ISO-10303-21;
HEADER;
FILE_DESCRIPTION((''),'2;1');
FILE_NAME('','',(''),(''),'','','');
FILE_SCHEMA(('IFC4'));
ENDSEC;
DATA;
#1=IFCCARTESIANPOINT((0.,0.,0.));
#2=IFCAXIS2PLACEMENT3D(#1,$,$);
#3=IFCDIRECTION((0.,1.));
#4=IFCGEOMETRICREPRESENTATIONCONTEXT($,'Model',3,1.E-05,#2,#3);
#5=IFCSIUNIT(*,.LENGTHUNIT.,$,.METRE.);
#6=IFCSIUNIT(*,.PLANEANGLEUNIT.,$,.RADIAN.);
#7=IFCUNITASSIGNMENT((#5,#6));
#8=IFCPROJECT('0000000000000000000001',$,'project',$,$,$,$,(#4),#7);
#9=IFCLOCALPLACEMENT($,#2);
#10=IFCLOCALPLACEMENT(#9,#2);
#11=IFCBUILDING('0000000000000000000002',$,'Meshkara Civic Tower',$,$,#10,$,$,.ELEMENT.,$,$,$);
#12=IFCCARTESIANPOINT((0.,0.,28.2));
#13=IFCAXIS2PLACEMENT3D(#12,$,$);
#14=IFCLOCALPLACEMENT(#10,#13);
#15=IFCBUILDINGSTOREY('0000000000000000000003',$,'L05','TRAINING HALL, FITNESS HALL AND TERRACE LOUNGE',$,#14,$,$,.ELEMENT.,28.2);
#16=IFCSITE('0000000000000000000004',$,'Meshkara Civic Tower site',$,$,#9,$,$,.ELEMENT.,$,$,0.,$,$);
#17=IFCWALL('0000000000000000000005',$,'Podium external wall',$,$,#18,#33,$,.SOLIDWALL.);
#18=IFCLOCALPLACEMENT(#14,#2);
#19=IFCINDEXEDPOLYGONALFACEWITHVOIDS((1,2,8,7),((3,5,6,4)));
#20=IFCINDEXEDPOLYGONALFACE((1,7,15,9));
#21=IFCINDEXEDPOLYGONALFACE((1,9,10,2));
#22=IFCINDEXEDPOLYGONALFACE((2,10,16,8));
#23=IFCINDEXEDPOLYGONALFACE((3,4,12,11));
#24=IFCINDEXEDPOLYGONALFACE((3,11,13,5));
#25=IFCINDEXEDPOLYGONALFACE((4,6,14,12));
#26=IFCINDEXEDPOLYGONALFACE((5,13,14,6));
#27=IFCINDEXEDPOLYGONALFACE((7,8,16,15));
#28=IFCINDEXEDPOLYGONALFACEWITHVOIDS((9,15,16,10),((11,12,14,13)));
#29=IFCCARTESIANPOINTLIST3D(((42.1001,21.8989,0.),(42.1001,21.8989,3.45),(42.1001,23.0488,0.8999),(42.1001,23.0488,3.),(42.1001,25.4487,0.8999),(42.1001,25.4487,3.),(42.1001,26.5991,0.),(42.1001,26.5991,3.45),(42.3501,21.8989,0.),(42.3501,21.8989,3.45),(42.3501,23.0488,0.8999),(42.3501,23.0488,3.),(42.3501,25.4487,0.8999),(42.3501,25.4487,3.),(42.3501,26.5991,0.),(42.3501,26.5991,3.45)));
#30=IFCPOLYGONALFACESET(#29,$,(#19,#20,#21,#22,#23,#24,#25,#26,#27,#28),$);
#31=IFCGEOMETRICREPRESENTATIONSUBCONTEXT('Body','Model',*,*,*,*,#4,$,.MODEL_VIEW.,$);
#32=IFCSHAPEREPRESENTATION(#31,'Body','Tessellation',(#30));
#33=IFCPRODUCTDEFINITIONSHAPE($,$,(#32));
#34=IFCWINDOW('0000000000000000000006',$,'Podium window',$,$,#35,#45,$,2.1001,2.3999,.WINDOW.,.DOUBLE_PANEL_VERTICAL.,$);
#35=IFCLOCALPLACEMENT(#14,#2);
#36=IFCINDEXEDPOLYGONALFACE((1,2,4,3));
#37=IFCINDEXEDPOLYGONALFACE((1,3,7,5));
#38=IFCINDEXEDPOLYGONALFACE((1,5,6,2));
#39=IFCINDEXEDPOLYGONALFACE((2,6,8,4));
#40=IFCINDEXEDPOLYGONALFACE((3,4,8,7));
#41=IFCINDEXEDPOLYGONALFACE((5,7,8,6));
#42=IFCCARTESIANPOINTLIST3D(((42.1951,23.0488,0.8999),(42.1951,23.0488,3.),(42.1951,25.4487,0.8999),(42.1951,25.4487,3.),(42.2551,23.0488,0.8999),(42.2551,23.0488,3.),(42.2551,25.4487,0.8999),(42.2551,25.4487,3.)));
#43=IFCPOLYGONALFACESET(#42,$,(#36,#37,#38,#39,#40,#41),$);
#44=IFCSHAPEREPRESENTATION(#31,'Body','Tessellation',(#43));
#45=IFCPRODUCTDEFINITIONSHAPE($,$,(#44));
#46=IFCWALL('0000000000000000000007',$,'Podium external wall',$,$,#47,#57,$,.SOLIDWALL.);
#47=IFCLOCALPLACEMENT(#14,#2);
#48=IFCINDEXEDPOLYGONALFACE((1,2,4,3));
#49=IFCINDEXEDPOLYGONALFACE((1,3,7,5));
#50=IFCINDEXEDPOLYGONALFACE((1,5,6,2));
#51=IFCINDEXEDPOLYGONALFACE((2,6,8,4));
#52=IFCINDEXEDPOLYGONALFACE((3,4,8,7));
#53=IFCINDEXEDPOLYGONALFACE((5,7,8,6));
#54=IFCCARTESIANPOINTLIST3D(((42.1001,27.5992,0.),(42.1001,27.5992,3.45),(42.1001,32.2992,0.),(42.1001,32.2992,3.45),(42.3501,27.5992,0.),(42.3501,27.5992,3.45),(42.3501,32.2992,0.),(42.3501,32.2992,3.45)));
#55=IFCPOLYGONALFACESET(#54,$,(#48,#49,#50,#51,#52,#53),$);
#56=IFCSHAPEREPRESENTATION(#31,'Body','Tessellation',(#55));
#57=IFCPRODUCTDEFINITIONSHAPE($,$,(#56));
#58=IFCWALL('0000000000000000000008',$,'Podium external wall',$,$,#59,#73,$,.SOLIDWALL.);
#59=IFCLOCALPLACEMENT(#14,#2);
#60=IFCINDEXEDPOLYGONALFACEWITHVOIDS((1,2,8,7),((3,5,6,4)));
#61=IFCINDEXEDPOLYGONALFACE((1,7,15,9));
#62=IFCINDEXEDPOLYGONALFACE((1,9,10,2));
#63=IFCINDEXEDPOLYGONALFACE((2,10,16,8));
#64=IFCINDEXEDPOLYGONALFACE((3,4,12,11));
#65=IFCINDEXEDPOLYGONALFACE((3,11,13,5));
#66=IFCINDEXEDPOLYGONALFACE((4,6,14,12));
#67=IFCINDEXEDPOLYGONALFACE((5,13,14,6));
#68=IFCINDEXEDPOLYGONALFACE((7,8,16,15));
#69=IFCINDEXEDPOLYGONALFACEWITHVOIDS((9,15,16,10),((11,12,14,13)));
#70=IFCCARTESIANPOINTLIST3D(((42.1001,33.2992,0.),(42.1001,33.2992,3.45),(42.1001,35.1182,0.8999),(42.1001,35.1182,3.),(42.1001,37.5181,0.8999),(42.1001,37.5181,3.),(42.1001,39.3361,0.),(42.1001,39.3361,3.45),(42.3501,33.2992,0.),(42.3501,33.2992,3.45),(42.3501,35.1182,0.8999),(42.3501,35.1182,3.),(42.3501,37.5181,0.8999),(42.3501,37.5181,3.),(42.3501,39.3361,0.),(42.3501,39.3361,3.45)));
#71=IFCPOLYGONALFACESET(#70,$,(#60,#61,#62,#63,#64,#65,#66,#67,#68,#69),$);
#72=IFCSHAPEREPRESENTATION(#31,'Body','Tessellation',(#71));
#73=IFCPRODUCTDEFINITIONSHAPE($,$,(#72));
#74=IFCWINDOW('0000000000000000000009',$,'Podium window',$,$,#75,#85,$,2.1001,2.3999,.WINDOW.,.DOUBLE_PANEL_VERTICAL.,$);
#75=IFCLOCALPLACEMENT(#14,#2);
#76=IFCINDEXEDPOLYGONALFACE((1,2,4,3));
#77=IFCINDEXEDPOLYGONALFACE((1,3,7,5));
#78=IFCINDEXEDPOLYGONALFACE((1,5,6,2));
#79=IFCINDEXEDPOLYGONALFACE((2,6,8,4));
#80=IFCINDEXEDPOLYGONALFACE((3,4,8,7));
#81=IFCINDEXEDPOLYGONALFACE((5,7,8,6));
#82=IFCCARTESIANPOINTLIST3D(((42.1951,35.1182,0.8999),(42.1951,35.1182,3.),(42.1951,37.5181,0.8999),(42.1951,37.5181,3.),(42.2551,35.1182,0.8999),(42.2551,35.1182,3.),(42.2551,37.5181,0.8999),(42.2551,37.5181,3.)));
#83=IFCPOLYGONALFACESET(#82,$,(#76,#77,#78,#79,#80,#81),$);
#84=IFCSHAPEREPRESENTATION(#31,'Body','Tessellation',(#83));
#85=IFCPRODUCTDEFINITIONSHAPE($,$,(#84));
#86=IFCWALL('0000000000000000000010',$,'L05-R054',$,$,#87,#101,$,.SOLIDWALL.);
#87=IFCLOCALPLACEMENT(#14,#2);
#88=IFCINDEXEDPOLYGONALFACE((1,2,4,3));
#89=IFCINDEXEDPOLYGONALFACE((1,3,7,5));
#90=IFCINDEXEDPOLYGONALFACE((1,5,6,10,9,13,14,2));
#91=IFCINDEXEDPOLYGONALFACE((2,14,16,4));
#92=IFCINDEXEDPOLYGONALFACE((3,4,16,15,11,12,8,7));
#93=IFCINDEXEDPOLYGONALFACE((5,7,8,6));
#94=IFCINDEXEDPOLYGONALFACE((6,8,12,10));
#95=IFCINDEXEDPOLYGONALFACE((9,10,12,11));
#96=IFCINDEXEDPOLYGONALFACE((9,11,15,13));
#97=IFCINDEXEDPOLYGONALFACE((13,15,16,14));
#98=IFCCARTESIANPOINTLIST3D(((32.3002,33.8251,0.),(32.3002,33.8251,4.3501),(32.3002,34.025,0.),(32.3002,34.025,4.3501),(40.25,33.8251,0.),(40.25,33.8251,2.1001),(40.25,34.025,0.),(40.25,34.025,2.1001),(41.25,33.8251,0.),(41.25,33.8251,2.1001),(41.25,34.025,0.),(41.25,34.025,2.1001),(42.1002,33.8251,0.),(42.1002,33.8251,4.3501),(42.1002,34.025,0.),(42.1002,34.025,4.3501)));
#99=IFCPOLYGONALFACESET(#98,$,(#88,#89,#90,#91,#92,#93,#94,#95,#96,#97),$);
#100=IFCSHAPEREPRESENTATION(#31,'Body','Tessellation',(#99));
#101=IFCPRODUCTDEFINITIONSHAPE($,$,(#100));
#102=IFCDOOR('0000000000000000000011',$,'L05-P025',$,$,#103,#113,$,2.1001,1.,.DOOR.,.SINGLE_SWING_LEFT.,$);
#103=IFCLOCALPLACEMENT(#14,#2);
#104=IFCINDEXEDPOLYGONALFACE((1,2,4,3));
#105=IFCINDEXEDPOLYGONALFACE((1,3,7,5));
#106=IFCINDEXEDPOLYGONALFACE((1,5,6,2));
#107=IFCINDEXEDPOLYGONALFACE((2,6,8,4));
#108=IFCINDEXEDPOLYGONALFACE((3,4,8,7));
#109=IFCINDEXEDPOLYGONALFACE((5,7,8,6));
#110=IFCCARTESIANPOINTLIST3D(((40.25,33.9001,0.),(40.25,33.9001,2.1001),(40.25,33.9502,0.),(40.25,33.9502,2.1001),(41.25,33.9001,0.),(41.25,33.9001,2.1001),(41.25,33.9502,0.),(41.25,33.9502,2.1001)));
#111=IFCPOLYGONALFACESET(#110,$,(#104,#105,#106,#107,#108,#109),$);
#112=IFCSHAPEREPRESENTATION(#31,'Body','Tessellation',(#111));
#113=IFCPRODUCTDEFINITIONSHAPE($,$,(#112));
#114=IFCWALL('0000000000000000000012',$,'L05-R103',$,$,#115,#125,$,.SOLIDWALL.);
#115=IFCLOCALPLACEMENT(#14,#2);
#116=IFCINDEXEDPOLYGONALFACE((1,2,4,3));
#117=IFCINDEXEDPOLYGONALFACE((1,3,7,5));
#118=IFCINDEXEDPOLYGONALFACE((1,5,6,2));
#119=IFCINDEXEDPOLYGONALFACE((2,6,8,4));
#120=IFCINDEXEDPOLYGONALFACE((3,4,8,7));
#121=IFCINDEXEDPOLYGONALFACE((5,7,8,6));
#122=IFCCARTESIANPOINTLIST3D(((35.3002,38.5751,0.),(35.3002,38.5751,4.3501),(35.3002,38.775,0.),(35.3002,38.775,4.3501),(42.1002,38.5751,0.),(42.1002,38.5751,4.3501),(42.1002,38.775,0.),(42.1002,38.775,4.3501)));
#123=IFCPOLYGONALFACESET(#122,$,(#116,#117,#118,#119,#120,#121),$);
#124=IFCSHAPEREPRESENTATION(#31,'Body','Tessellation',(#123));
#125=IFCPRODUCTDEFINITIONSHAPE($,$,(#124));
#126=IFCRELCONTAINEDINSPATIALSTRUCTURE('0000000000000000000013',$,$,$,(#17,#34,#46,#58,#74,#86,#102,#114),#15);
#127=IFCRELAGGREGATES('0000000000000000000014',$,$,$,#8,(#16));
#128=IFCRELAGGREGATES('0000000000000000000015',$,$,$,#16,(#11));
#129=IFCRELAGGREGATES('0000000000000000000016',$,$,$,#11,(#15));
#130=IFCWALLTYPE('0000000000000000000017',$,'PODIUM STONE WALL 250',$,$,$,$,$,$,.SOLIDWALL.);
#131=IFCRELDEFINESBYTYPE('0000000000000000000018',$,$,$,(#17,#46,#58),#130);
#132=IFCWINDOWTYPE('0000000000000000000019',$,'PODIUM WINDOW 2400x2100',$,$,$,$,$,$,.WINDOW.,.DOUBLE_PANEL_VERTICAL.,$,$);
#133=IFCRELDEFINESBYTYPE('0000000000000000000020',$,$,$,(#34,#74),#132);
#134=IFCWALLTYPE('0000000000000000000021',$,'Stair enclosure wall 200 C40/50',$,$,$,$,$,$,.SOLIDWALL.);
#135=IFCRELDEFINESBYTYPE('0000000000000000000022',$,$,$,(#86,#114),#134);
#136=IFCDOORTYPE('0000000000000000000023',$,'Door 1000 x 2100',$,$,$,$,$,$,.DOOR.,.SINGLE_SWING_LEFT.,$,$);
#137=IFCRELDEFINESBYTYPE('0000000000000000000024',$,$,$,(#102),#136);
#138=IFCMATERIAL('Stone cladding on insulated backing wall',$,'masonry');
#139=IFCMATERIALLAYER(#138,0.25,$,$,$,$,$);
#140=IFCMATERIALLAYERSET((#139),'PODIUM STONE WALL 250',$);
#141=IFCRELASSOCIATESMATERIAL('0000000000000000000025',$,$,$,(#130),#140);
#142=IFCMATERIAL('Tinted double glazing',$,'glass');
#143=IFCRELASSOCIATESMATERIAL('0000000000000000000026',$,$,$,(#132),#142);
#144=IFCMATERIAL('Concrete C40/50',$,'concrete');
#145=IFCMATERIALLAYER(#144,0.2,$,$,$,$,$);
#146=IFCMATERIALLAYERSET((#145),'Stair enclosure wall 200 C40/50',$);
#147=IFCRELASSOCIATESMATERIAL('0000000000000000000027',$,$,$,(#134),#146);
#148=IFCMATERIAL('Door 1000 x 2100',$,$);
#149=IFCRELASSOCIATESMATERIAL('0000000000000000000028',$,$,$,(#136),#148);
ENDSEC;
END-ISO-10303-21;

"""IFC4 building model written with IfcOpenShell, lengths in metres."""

from ifc_helpers import new_model, si_unit, direction, frame, frame_2d, origin, place, context, subcontext, project, spatial, rectangle, extrude, material, layer, layer_set, type_object, element, fill, save


model = new_model("IFC4")

# Units and contexts
model_context = context("Model", 3, precision=1e-05, world=origin(), true_north=direction((0.0, 1.0)))
body_context = subcontext(model_context, "Body", "Model", "MODEL_VIEW")
ifc_project = project(units=[si_unit("LENGTHUNIT", "METRE"), si_unit("PLANEANGLEUNIT", "RADIAN")], contexts=[model_context])

# Site, building, storey
site_placement = place(None, origin())
site = spatial("IfcSite", under=ifc_project, at=site_placement, Name="Meshkara Civic Tower site", CompositionType="ELEMENT", RefElevation=0.0)
building_placement = place(site_placement, origin())
building = spatial("IfcBuilding", under=site, at=building_placement, Name="Meshkara Civic Tower", CompositionType="ELEMENT")
storey_placement = place(building_placement, frame((0.0, 0.0, 28.2)))
storey = spatial("IfcBuildingStorey", under=building, at=storey_placement, Name="L05", Description="TRAINING HALL, FITNESS HALL AND TERRACE LOUNGE", CompositionType="ELEMENT", Elevation=28.2)

# Shared definitions
ifc_material_1 = material(Name="Stone cladding on insulated backing wall", Category="masonry")
ifc_layer_1 = layer(ifc_material_1, 0.25)
ifc_layer_set_1 = layer_set([ifc_layer_1], Name="PODIUM STONE WALL 250")
wall_type_1 = type_object("IfcWallType", Name="PODIUM STONE WALL 250", PredefinedType="SOLIDWALL", material=ifc_layer_set_1)

# Shared definitions
ifc_material_2 = material(Name="Tinted double glazing", Category="glass")
window_type = type_object("IfcWindowType", Name="PODIUM WINDOW 2400x2100", PartitioningType="DOUBLE_PANEL_VERTICAL", PredefinedType="WINDOW", material=ifc_material_2)

# Wall, opening, window
wall_1_placement = place(storey_placement, frame((42.2251, 21.8989, 0.0), z_axis=(0.0, 0.0, 1.0), x_axis=(0.0, 1.0, 0.0)))
wall_1 = element("IfcWall", 1, at=wall_1_placement, inside=storey, type_object=wall_type_1, Name="Podium external wall", PredefinedType="SOLIDWALL", context=body_context, shape_type="SweptSolid", body=[
    extrude(rectangle(XDim=4.7002, YDim=0.25, at=frame_2d((2.3501, 0.0))), origin(), (0.0, 0.0, 1.0), 3.45),
])
opening_1_placement = place(wall_1_placement, frame((1.1499, 0.0, 0.8999)))
opening_1 = element("IfcOpeningElement", 2, at=opening_1_placement, cuts=wall_1, PredefinedType="OPENING", context=body_context, shape_type="SweptSolid", body=[
    extrude(rectangle(XDim=2.3999, YDim=2.1001, at=frame_2d((1.2, 1.05))), frame((0.0, 0.135, 0.0), z_axis=(0.0, -1.0, 0.0), x_axis=(1.0, 0.0, 0.0)), (0.0, 0.0, 1.0), 0.27),
])
window_1_placement = place(opening_1_placement, origin())
window_1 = element("IfcWindow", 3, at=window_1_placement, inside=storey, type_object=window_type, Name="Podium window", OverallHeight=2.1001, OverallWidth=2.3999, PartitioningType="DOUBLE_PANEL_VERTICAL", PredefinedType="WINDOW", context=body_context, shape_type="SweptSolid", body=[
    extrude(rectangle(XDim=2.3999, YDim=2.1001, at=frame_2d((1.2, 1.05))), frame((0.0, 0.03, 0.0), z_axis=(0.0, -1.0, 0.0), x_axis=(1.0, 0.0, 0.0)), (0.0, 0.0, 1.0), 0.0601),
])
fill(opening_1, window_1)

# Wall
wall_2_placement = place(storey_placement, frame((42.2251, 27.5991, 0.0), z_axis=(0.0, 0.0, 1.0), x_axis=(0.0, 1.0, 0.0)))
element("IfcWall", 4, at=wall_2_placement, inside=storey, type_object=wall_type_1, Name="Podium external wall", PredefinedType="SOLIDWALL", context=body_context, shape_type="SweptSolid", body=[
    extrude(rectangle(XDim=4.7, YDim=0.25, at=frame_2d((2.3501, 0.0))), origin(), (0.0, 0.0, 1.0), 3.45),
])

# Wall, opening, window
wall_3_placement = place(storey_placement, frame((42.2251, 33.2991, 0.0), z_axis=(0.0, 0.0, 1.0), x_axis=(0.0, 1.0, 0.0)))
wall_3 = element("IfcWall", 5, at=wall_3_placement, inside=storey, type_object=wall_type_1, Name="Podium external wall", PredefinedType="SOLIDWALL", context=body_context, shape_type="SweptSolid", body=[
    extrude(rectangle(XDim=6.0369, YDim=0.25, at=frame_2d((3.0186, 0.0))), origin(), (0.0, 0.0, 1.0), 3.45),
])
opening_2_placement = place(wall_3_placement, frame((1.8191, 0.0, 0.8999)))
opening_2 = element("IfcOpeningElement", 6, at=opening_2_placement, cuts=wall_3, PredefinedType="OPENING", context=body_context, shape_type="SweptSolid", body=[
    extrude(rectangle(XDim=2.3999, YDim=2.1001, at=frame_2d((1.2, 1.05))), frame((0.0, 0.135, 0.0), z_axis=(0.0, -1.0, 0.0), x_axis=(1.0, 0.0, 0.0)), (0.0, 0.0, 1.0), 0.27),
])
window_2_placement = place(opening_2_placement, origin())
window_2 = element("IfcWindow", 7, at=window_2_placement, inside=storey, type_object=window_type, Name="Podium window", OverallHeight=2.1001, OverallWidth=2.3999, PartitioningType="DOUBLE_PANEL_VERTICAL", PredefinedType="WINDOW", context=body_context, shape_type="SweptSolid", body=[
    extrude(rectangle(XDim=2.3999, YDim=2.1001, at=frame_2d((1.2, 1.05))), frame((0.0, 0.03, 0.0), z_axis=(0.0, -1.0, 0.0), x_axis=(1.0, 0.0, 0.0)), (0.0, 0.0, 1.0), 0.0601),
])
fill(opening_2, window_2)

# Wall, opening, door
ifc_material_3 = material(Name="Concrete C40/50", Category="concrete")
ifc_layer_2 = layer(ifc_material_3, 0.2)
ifc_layer_set_2 = layer_set([ifc_layer_2], Name="Stair enclosure wall 200 C40/50")
wall_type_2 = type_object("IfcWallType", Name="Stair enclosure wall 200 C40/50", PredefinedType="SOLIDWALL", material=ifc_layer_set_2)
wall_4_placement = place(storey_placement, frame((42.1001, 33.925, 0.0), z_axis=(0.0, 0.0, 1.0), x_axis=(-1.0, 0.0, 0.0)))
wall_4 = element("IfcWall", 8, at=wall_4_placement, inside=storey, type_object=wall_type_2, Name="L05-R054", PredefinedType="SOLIDWALL", context=body_context, shape_type="SweptSolid", body=[
    extrude(rectangle(XDim=9.8, YDim=0.2, at=frame_2d((4.8999, 0.0))), origin(), (0.0, 0.0, 1.0), 4.3501),
])
opening_3_placement = place(wall_4_placement, frame((0.8501, 0.0, 0.0)))
opening_3 = element("IfcOpeningElement", 9, at=opening_3_placement, cuts=wall_4, PredefinedType="OPENING", context=body_context, shape_type="SweptSolid", body=[
    extrude(rectangle(XDim=1.0, YDim=2.1001, at=frame_2d((0.5, 1.05))), frame((0.0, 0.1099, 0.0), z_axis=(0.0, -1.0, 0.0), x_axis=(1.0, 0.0, 0.0)), (0.0, 0.0, 1.0), 0.22),
])
ifc_material_4 = material(Name="Door 1000 x 2100")
door_type = type_object("IfcDoorType", Name="Door 1000 x 2100", OperationType="SINGLE_SWING_LEFT", PredefinedType="DOOR", material=ifc_material_4)
door_placement = place(opening_3_placement, origin())
door = element("IfcDoor", 10, at=door_placement, inside=storey, type_object=door_type, Name="L05-P025", OperationType="SINGLE_SWING_LEFT", OverallHeight=2.1001, OverallWidth=1.0, PredefinedType="DOOR", context=body_context, shape_type="SweptSolid", body=[
    extrude(rectangle(XDim=1.0, YDim=2.1001, at=frame_2d((0.5, 1.05))), frame((0.0, 0.0249, 0.0), z_axis=(0.0, -1.0, 0.0), x_axis=(1.0, 0.0, 0.0)), (0.0, 0.0, 1.0), 0.05),
])
fill(opening_3, door)

# Wall
wall_5_placement = place(storey_placement, frame((42.1001, 38.675, 0.0), z_axis=(0.0, 0.0, 1.0), x_axis=(-1.0, 0.0, 0.0)))
element("IfcWall", 11, at=wall_5_placement, inside=storey, type_object=wall_type_2, Name="L05-R103", PredefinedType="SOLIDWALL", context=body_context, shape_type="SweptSolid", body=[
    extrude(rectangle(XDim=6.8, YDim=0.2, at=frame_2d((3.3999, 0.0))), origin(), (0.0, 0.0, 1.0), 4.3501),
])

save(model, "model.ifc")
